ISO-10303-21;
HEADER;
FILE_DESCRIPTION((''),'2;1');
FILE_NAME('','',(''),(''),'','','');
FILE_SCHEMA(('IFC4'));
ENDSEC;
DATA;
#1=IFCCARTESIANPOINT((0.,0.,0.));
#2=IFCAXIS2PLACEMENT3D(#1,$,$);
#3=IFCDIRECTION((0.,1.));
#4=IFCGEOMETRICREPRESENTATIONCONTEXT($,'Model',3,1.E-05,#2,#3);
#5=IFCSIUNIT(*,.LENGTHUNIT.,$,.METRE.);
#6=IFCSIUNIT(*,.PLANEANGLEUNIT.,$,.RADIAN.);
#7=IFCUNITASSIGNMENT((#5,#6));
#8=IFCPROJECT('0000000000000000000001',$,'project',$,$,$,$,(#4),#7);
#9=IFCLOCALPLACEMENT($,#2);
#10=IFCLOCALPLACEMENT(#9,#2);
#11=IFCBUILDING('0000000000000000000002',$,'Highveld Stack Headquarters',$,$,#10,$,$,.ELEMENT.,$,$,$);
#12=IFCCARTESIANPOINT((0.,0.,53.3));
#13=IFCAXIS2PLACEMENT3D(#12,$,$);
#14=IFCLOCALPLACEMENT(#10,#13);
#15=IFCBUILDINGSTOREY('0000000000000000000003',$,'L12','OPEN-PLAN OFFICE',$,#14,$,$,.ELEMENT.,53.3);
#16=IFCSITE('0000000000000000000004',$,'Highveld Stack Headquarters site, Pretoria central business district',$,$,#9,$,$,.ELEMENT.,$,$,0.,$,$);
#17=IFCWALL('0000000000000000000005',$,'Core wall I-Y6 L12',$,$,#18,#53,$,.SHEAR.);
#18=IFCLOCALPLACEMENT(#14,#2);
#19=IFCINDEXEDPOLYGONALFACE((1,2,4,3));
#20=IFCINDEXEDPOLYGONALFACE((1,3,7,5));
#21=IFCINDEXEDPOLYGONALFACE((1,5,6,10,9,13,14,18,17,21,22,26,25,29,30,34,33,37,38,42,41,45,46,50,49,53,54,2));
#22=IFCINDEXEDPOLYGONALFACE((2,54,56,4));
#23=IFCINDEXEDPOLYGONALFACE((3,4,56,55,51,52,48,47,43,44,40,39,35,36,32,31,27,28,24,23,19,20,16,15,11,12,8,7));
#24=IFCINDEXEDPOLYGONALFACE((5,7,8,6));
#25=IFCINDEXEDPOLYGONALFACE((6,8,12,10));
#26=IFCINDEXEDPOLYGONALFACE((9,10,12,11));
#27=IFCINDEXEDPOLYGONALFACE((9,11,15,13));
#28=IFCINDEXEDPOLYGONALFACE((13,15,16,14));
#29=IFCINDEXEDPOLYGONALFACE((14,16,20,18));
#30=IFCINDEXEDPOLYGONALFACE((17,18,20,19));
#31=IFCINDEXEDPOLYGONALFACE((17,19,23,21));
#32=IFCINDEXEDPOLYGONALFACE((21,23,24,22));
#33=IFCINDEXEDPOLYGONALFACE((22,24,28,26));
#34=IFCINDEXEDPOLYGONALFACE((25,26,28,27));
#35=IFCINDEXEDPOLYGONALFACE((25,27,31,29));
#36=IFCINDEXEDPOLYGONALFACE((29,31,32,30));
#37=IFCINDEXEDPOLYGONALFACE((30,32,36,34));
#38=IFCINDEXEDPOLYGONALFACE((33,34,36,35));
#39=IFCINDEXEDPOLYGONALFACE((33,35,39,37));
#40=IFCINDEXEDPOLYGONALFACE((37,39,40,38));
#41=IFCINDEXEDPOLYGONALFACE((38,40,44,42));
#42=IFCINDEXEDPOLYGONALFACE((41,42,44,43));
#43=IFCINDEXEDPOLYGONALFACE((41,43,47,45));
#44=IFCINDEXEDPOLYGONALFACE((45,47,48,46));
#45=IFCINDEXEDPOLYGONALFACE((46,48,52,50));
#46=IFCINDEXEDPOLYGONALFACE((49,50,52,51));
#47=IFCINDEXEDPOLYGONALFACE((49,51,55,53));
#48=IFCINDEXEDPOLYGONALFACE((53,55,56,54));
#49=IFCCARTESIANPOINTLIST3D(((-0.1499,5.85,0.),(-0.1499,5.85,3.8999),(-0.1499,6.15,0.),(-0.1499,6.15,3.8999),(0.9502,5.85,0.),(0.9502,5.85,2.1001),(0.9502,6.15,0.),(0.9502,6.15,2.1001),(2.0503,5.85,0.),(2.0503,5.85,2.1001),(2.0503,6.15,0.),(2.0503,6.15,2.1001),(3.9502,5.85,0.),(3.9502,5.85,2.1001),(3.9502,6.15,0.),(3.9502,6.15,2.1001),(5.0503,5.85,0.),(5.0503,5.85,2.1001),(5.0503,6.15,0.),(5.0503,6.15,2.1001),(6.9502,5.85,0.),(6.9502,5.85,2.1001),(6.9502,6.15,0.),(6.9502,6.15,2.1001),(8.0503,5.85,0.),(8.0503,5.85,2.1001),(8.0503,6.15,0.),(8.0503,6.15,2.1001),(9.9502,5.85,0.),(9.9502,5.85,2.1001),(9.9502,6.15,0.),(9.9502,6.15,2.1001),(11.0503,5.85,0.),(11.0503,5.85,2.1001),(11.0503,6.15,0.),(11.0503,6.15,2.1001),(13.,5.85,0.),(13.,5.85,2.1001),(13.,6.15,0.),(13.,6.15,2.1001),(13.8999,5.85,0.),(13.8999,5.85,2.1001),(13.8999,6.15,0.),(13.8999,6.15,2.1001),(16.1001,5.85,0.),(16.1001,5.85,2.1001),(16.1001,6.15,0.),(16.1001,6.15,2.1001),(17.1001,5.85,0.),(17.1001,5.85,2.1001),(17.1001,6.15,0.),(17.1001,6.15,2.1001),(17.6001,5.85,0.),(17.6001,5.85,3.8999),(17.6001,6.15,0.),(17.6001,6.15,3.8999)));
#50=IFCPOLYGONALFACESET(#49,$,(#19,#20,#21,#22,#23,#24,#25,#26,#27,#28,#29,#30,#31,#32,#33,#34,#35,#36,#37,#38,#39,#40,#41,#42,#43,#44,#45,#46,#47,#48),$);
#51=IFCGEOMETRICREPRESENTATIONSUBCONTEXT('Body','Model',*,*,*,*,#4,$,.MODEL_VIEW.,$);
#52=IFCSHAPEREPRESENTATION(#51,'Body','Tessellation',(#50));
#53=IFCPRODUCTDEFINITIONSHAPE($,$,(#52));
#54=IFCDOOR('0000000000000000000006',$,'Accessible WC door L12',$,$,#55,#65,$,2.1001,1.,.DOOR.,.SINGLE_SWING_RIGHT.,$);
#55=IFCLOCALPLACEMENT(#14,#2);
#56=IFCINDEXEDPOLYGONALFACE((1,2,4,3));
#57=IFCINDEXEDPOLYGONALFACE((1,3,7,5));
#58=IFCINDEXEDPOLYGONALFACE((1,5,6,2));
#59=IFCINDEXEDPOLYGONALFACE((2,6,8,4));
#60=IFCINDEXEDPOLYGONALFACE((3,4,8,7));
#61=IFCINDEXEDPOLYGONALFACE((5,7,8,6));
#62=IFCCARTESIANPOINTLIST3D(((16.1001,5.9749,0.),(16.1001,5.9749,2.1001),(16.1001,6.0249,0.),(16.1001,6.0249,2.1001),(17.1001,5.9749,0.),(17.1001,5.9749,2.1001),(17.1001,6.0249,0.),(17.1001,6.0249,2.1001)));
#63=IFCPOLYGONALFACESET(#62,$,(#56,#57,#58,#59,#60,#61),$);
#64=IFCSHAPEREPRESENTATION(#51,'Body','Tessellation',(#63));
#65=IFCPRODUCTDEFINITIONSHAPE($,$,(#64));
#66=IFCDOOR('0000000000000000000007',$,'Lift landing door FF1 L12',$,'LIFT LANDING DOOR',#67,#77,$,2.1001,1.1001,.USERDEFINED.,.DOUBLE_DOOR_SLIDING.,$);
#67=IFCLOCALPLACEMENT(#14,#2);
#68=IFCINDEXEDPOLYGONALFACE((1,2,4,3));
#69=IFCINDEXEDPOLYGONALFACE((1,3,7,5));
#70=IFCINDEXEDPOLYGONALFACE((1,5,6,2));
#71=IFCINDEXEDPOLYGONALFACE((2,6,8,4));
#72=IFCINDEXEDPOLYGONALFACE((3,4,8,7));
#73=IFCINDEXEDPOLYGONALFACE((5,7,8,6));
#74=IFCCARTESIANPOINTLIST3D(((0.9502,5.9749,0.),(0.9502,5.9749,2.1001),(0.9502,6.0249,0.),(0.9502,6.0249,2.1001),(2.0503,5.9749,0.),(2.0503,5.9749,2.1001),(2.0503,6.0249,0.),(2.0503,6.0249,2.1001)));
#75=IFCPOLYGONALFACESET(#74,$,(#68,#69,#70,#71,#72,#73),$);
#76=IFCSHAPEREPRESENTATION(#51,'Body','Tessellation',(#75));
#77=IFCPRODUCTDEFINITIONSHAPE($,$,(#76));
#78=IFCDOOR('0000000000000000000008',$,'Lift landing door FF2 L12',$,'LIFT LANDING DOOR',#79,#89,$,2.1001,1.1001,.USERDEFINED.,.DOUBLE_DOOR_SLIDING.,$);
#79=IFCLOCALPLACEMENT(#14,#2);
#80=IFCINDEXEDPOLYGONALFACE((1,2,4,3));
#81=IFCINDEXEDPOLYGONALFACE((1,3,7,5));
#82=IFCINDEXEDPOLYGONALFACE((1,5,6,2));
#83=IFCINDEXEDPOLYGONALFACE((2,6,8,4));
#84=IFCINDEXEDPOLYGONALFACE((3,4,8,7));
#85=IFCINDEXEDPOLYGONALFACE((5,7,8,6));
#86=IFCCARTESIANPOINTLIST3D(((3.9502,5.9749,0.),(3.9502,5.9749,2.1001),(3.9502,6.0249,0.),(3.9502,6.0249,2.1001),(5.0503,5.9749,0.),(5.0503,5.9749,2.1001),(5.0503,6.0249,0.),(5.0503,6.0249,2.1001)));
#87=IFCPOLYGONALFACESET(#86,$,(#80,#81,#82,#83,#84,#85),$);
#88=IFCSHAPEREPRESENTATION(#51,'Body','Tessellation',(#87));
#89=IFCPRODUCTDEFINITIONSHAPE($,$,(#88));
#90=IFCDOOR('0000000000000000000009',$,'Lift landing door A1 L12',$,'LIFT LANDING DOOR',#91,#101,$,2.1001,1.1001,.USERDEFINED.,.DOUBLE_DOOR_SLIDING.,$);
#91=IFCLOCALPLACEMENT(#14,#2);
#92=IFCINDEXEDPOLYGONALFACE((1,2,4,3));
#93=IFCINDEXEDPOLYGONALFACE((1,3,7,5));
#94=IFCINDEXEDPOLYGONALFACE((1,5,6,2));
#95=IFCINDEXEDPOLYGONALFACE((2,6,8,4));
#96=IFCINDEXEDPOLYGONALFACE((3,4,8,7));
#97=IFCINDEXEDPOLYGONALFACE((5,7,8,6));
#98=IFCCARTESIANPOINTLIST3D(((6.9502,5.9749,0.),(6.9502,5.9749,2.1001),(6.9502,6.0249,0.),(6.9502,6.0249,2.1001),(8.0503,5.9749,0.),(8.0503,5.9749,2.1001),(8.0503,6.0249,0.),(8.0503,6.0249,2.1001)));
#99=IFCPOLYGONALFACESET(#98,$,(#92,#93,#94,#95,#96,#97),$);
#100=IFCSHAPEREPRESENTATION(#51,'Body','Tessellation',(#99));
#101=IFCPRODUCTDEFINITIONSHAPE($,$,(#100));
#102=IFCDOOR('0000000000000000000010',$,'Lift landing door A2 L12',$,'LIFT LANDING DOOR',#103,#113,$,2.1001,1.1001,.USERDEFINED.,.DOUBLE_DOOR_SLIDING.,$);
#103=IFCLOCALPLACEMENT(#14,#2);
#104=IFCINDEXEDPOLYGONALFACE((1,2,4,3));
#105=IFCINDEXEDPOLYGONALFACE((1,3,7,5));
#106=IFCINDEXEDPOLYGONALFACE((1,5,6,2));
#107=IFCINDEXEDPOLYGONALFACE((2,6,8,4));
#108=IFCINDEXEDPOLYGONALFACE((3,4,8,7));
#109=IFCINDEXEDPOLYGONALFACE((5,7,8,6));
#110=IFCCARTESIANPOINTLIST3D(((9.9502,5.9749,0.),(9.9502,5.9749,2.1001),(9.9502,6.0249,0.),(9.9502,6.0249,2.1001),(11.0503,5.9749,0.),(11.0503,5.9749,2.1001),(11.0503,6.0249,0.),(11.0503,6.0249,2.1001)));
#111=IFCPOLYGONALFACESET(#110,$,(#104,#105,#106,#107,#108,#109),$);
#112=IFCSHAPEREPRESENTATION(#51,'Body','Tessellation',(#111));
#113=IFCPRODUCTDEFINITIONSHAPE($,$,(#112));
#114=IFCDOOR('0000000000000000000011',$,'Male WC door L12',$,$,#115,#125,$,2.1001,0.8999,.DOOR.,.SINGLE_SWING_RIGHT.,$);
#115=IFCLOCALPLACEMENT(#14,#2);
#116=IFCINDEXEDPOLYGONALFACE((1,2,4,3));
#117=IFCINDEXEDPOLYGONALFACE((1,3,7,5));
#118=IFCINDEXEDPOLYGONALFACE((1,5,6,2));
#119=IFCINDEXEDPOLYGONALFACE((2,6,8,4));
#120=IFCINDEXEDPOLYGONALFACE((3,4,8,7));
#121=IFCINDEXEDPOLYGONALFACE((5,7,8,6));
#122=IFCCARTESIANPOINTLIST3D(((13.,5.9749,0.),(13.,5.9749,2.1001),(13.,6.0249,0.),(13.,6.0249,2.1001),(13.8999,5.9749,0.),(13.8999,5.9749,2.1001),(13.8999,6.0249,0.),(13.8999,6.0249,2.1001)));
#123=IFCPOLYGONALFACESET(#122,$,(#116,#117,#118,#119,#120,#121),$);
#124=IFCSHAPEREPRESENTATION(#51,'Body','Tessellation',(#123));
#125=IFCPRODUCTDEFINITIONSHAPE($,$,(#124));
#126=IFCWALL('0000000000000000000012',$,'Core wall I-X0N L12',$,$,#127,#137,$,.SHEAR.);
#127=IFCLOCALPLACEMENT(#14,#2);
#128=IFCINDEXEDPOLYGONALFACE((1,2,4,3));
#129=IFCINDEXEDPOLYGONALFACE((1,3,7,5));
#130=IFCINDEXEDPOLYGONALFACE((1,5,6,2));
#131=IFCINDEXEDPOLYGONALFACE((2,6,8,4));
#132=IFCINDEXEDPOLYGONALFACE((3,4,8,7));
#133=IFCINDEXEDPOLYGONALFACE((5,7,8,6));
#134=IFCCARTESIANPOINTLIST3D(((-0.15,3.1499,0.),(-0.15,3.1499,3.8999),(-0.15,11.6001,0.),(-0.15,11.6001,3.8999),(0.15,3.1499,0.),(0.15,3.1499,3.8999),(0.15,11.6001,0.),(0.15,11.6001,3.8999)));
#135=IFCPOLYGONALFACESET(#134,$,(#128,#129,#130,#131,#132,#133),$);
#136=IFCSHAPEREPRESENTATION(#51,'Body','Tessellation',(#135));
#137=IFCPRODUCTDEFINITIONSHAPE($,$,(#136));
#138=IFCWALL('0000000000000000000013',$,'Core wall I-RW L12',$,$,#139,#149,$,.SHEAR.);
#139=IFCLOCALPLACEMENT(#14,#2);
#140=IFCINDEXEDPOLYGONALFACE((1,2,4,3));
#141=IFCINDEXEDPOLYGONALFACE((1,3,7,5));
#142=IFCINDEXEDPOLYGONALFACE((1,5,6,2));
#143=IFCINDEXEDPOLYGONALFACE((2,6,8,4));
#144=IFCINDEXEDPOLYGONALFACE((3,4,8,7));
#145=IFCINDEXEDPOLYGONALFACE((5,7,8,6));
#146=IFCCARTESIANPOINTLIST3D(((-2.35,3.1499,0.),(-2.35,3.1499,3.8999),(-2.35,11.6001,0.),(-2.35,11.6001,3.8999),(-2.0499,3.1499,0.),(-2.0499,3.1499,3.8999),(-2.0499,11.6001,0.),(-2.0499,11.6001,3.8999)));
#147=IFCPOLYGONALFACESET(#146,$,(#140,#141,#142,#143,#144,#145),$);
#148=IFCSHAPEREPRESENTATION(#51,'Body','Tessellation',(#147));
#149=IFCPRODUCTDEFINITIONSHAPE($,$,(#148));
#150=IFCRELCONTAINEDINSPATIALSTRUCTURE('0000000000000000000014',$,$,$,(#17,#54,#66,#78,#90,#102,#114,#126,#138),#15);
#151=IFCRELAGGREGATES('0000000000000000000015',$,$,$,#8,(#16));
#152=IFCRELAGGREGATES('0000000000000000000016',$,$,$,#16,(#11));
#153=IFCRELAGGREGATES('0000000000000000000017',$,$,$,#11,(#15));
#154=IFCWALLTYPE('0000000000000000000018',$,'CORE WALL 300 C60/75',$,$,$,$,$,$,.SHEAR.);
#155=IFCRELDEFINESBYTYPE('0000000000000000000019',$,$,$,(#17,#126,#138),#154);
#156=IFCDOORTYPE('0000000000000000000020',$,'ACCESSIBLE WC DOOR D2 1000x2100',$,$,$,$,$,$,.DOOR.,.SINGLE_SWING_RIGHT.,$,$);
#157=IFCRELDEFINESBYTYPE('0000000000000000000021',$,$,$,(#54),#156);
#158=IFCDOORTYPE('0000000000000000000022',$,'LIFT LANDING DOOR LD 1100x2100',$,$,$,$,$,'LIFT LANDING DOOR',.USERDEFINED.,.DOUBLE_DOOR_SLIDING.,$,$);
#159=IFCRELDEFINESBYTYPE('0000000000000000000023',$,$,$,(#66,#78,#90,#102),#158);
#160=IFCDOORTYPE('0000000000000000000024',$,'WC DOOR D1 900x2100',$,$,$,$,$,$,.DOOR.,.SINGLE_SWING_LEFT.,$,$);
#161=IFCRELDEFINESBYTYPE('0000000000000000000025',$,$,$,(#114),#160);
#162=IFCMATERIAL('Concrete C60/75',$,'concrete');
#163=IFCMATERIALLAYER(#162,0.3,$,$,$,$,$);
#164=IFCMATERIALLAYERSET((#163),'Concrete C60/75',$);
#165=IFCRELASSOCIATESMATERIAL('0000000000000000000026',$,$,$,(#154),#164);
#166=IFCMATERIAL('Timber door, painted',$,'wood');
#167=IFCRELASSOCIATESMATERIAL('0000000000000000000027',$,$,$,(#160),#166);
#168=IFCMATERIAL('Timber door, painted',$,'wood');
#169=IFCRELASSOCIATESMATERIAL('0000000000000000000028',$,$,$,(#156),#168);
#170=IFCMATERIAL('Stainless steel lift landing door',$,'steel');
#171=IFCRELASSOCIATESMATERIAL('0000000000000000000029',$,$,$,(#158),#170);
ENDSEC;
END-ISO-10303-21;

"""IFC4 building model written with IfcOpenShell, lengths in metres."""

from ifc_helpers import new_model, si_unit, direction, frame, frame_2d, origin, place, context, subcontext, project, spatial, rectangle, extrude, material, layer, layer_set, type_object, element, fill, save


model = new_model("IFC4")

# Units and contexts
model_context = context("Model", 3, precision=1e-05, world=origin(), true_north=direction((0.0, 1.0)))
body_context = subcontext(model_context, "Body", "Model", "MODEL_VIEW")
ifc_project = project(units=[si_unit("LENGTHUNIT", "METRE"), si_unit("PLANEANGLEUNIT", "RADIAN")], contexts=[model_context])

# Site, building, storey
site_placement = place(None, origin())
site = spatial("IfcSite", under=ifc_project, at=site_placement, Name="Highveld Stack Headquarters site, Pretoria central business district", CompositionType="ELEMENT", RefElevation=0.0)
building_placement = place(site_placement, origin())
building = spatial("IfcBuilding", under=site, at=building_placement, Name="Highveld Stack Headquarters", CompositionType="ELEMENT")
storey_placement = place(building_placement, frame((0.0, 0.0, 53.3)))
storey = spatial("IfcBuildingStorey", under=building, at=storey_placement, Name="L12", Description="OPEN-PLAN OFFICE", CompositionType="ELEMENT", Elevation=53.3)

# Wall, openings, doors
ifc_material_1 = material(Name="Concrete C60/75", Category="concrete")
ifc_layer_1 = layer(ifc_material_1, 0.3)
ifc_layer_set_1 = layer_set([ifc_layer_1], Name="Concrete C60/75")
wall_type = type_object("IfcWallType", Name="CORE WALL 300 C60/75", PredefinedType="SHEAR", material=ifc_layer_set_1)
ifc_material_2 = material(Name="Timber door, painted", Category="wood")
door_type_1 = type_object("IfcDoorType", Name="WC DOOR D1 900x2100", OperationType="SINGLE_SWING_LEFT", PredefinedType="DOOR", material=ifc_material_2)
wall_1_placement = place(storey_placement, frame((-0.1499, 6.0, 0.0), z_axis=(0.0, 0.0, 1.0), x_axis=(1.0, 0.0, 0.0)))
wall_1 = element("IfcWall", 1, at=wall_1_placement, inside=storey, type_object=wall_type, Name="Core wall I-Y6 L12", PredefinedType="SHEAR", context=body_context, shape_type="SweptSolid", body=[
    extrude(rectangle(XDim=17.75, YDim=0.3, at=frame_2d((8.875, 0.0))), origin(), (0.0, 0.0, 1.0), 3.8999),
])
opening_1_placement = place(wall_1_placement, frame((13.1499, 0.0, 0.0)))
opening_1 = element("IfcOpeningElement", 2, at=opening_1_placement, cuts=wall_1, PredefinedType="OPENING", context=body_context, shape_type="SweptSolid", body=[
    extrude(rectangle(XDim=0.8999, YDim=2.1001, at=frame_2d((0.45, 1.05))), frame((0.0, 0.1599, 0.0), z_axis=(0.0, -1.0, 0.0), x_axis=(1.0, 0.0, 0.0)), (0.0, 0.0, 1.0), 0.3201),
])
opening_2_placement = place(wall_1_placement, frame((16.25, 0.0, 0.0)))
opening_2 = element("IfcOpeningElement", 3, at=opening_2_placement, cuts=wall_1, PredefinedType="OPENING", context=body_context, shape_type="SweptSolid", body=[
    extrude(rectangle(XDim=1.0, YDim=2.1001, at=frame_2d((0.5, 1.05))), frame((0.0, 0.1599, 0.0), z_axis=(0.0, -1.0, 0.0), x_axis=(1.0, 0.0, 0.0)), (0.0, 0.0, 1.0), 0.3201),
])
opening_3_placement = place(wall_1_placement, frame((1.1001, 0.0, 0.0)))
opening_3 = element("IfcOpeningElement", 4, at=opening_3_placement, cuts=wall_1, PredefinedType="OPENING", context=body_context, shape_type="SweptSolid", body=[
    extrude(rectangle(XDim=1.1001, YDim=2.1001, at=frame_2d((0.55, 1.05))), frame((0.0, 0.1599, 0.0), z_axis=(0.0, -1.0, 0.0), x_axis=(1.0, 0.0, 0.0)), (0.0, 0.0, 1.0), 0.3201),
])
opening_4_placement = place(wall_1_placement, frame((4.1001, 0.0, 0.0)))
opening_4 = element("IfcOpeningElement", 5, at=opening_4_placement, cuts=wall_1, PredefinedType="OPENING", context=body_context, shape_type="SweptSolid", body=[
    extrude(rectangle(XDim=1.1001, YDim=2.1001, at=frame_2d((0.55, 1.05))), frame((0.0, 0.1599, 0.0), z_axis=(0.0, -1.0, 0.0), x_axis=(1.0, 0.0, 0.0)), (0.0, 0.0, 1.0), 0.3201),
])
opening_5_placement = place(wall_1_placement, frame((7.1001, 0.0, 0.0)))
opening_5 = element("IfcOpeningElement", 6, at=opening_5_placement, cuts=wall_1, PredefinedType="OPENING", context=body_context, shape_type="SweptSolid", body=[
    extrude(rectangle(XDim=1.1001, YDim=2.1001, at=frame_2d((0.55, 1.05))), frame((0.0, 0.1599, 0.0), z_axis=(0.0, -1.0, 0.0), x_axis=(1.0, 0.0, 0.0)), (0.0, 0.0, 1.0), 0.3201),
])
opening_6_placement = place(wall_1_placement, frame((10.1001, 0.0, 0.0)))
opening_6 = element("IfcOpeningElement", 7, at=opening_6_placement, cuts=wall_1, PredefinedType="OPENING", context=body_context, shape_type="SweptSolid", body=[
    extrude(rectangle(XDim=1.1001, YDim=2.1001, at=frame_2d((0.55, 1.05))), frame((0.0, 0.1599, 0.0), z_axis=(0.0, -1.0, 0.0), x_axis=(1.0, 0.0, 0.0)), (0.0, 0.0, 1.0), 0.3201),
])
ifc_material_3 = material(Name="Timber door, painted", Category="wood")
door_type_2 = type_object("IfcDoorType", Name="ACCESSIBLE WC DOOR D2 1000x2100", OperationType="SINGLE_SWING_RIGHT", PredefinedType="DOOR", material=ifc_material_3)
door_1_placement = place(opening_2_placement, origin())
door_1 = element("IfcDoor", 8, at=door_1_placement, inside=storey, type_object=door_type_2, Name="Accessible WC door L12", OperationType="SINGLE_SWING_RIGHT", OverallHeight=2.1001, OverallWidth=1.0, PredefinedType="DOOR", context=body_context, shape_type="SweptSolid", body=[
    extrude(rectangle(XDim=1.0, YDim=2.1001, at=frame_2d((0.5, 1.05))), frame((0.0, 0.0249, 0.0), z_axis=(0.0, -1.0, 0.0), x_axis=(1.0, 0.0, 0.0)), (0.0, 0.0, 1.0), 0.05),
])
fill(opening_2, door_1)
ifc_material_4 = material(Name="Stainless steel lift landing door", Category="steel")
door_type_3 = type_object("IfcDoorType", Name="LIFT LANDING DOOR LD 1100x2100", ElementType="LIFT LANDING DOOR", OperationType="DOUBLE_DOOR_SLIDING", PredefinedType="USERDEFINED", material=ifc_material_4)
door_2_placement = place(opening_3_placement, origin())
door_2 = element("IfcDoor", 9, at=door_2_placement, inside=storey, type_object=door_type_3, Name="Lift landing door FF1 L12", ObjectType="LIFT LANDING DOOR", OperationType="DOUBLE_DOOR_SLIDING", OverallHeight=2.1001, OverallWidth=1.1001, PredefinedType="USERDEFINED", context=body_context, shape_type="SweptSolid", body=[
    extrude(rectangle(XDim=1.1001, YDim=2.1001, at=frame_2d((0.55, 1.05))), frame((0.0, 0.0249, 0.0), z_axis=(0.0, -1.0, 0.0), x_axis=(1.0, 0.0, 0.0)), (0.0, 0.0, 1.0), 0.05),
])
fill(opening_3, door_2)
door_3_placement = place(opening_4_placement, origin())
door_3 = element("IfcDoor", 10, at=door_3_placement, inside=storey, type_object=door_type_3, Name="Lift landing door FF2 L12", ObjectType="LIFT LANDING DOOR", OperationType="DOUBLE_DOOR_SLIDING", OverallHeight=2.1001, OverallWidth=1.1001, PredefinedType="USERDEFINED", context=body_context, shape_type="SweptSolid", body=[
    extrude(rectangle(XDim=1.1001, YDim=2.1001, at=frame_2d((0.55, 1.05))), frame((0.0, 0.0249, 0.0), z_axis=(0.0, -1.0, 0.0), x_axis=(1.0, 0.0, 0.0)), (0.0, 0.0, 1.0), 0.05),
])
fill(opening_4, door_3)
door_4_placement = place(opening_5_placement, origin())
door_4 = element("IfcDoor", 11, at=door_4_placement, inside=storey, type_object=door_type_3, Name="Lift landing door A1 L12", ObjectType="LIFT LANDING DOOR", OperationType="DOUBLE_DOOR_SLIDING", OverallHeight=2.1001, OverallWidth=1.1001, PredefinedType="USERDEFINED", context=body_context, shape_type="SweptSolid", body=[
    extrude(rectangle(XDim=1.1001, YDim=2.1001, at=frame_2d((0.55, 1.05))), frame((0.0, 0.0249, 0.0), z_axis=(0.0, -1.0, 0.0), x_axis=(1.0, 0.0, 0.0)), (0.0, 0.0, 1.0), 0.05),
])
fill(opening_5, door_4)
door_5_placement = place(opening_6_placement, origin())
door_5 = element("IfcDoor", 12, at=door_5_placement, inside=storey, type_object=door_type_3, Name="Lift landing door A2 L12", ObjectType="LIFT LANDING DOOR", OperationType="DOUBLE_DOOR_SLIDING", OverallHeight=2.1001, OverallWidth=1.1001, PredefinedType="USERDEFINED", context=body_context, shape_type="SweptSolid", body=[
    extrude(rectangle(XDim=1.1001, YDim=2.1001, at=frame_2d((0.55, 1.05))), frame((0.0, 0.0249, 0.0), z_axis=(0.0, -1.0, 0.0), x_axis=(1.0, 0.0, 0.0)), (0.0, 0.0, 1.0), 0.05),
])
fill(opening_6, door_5)
door_6_placement = place(opening_1_placement, origin())
door_6 = element("IfcDoor", 13, at=door_6_placement, inside=storey, type_object=door_type_1, Name="Male WC door L12", OperationType="SINGLE_SWING_RIGHT", OverallHeight=2.1001, OverallWidth=0.8999, PredefinedType="DOOR", context=body_context, shape_type="SweptSolid", body=[
    extrude(rectangle(XDim=0.8999, YDim=2.1001, at=frame_2d((0.45, 1.05))), frame((0.0, 0.0249, 0.0), z_axis=(0.0, -1.0, 0.0), x_axis=(1.0, 0.0, 0.0)), (0.0, 0.0, 1.0), 0.05),
])
fill(opening_1, door_6)

# Walls
for number, where, z_axis, x_axis, name in (
    (14, (0.0, 3.1499, 0.0), (0.0, 0.0, 1.0), (0.0, 1.0, 0.0), "Core wall I-X0N L12"),
    (15, (-2.2, 3.1499, 0.0), (0.0, 0.0, 1.0), (0.0, 1.0, 0.0), "Core wall I-RW L12"),
):
    element("IfcWall", number, at=place(storey_placement, frame(where, z_axis=z_axis, x_axis=x_axis)), inside=storey, type_object=wall_type, Name=name, PredefinedType="SHEAR", context=body_context, shape_type="SweptSolid", body=[
        extrude(rectangle(XDim=8.4502, YDim=0.3, at=frame_2d((4.2251, 0.0))), origin(), (0.0, 0.0, 1.0), 3.8999),
    ])

save(model, "model.ifc")
